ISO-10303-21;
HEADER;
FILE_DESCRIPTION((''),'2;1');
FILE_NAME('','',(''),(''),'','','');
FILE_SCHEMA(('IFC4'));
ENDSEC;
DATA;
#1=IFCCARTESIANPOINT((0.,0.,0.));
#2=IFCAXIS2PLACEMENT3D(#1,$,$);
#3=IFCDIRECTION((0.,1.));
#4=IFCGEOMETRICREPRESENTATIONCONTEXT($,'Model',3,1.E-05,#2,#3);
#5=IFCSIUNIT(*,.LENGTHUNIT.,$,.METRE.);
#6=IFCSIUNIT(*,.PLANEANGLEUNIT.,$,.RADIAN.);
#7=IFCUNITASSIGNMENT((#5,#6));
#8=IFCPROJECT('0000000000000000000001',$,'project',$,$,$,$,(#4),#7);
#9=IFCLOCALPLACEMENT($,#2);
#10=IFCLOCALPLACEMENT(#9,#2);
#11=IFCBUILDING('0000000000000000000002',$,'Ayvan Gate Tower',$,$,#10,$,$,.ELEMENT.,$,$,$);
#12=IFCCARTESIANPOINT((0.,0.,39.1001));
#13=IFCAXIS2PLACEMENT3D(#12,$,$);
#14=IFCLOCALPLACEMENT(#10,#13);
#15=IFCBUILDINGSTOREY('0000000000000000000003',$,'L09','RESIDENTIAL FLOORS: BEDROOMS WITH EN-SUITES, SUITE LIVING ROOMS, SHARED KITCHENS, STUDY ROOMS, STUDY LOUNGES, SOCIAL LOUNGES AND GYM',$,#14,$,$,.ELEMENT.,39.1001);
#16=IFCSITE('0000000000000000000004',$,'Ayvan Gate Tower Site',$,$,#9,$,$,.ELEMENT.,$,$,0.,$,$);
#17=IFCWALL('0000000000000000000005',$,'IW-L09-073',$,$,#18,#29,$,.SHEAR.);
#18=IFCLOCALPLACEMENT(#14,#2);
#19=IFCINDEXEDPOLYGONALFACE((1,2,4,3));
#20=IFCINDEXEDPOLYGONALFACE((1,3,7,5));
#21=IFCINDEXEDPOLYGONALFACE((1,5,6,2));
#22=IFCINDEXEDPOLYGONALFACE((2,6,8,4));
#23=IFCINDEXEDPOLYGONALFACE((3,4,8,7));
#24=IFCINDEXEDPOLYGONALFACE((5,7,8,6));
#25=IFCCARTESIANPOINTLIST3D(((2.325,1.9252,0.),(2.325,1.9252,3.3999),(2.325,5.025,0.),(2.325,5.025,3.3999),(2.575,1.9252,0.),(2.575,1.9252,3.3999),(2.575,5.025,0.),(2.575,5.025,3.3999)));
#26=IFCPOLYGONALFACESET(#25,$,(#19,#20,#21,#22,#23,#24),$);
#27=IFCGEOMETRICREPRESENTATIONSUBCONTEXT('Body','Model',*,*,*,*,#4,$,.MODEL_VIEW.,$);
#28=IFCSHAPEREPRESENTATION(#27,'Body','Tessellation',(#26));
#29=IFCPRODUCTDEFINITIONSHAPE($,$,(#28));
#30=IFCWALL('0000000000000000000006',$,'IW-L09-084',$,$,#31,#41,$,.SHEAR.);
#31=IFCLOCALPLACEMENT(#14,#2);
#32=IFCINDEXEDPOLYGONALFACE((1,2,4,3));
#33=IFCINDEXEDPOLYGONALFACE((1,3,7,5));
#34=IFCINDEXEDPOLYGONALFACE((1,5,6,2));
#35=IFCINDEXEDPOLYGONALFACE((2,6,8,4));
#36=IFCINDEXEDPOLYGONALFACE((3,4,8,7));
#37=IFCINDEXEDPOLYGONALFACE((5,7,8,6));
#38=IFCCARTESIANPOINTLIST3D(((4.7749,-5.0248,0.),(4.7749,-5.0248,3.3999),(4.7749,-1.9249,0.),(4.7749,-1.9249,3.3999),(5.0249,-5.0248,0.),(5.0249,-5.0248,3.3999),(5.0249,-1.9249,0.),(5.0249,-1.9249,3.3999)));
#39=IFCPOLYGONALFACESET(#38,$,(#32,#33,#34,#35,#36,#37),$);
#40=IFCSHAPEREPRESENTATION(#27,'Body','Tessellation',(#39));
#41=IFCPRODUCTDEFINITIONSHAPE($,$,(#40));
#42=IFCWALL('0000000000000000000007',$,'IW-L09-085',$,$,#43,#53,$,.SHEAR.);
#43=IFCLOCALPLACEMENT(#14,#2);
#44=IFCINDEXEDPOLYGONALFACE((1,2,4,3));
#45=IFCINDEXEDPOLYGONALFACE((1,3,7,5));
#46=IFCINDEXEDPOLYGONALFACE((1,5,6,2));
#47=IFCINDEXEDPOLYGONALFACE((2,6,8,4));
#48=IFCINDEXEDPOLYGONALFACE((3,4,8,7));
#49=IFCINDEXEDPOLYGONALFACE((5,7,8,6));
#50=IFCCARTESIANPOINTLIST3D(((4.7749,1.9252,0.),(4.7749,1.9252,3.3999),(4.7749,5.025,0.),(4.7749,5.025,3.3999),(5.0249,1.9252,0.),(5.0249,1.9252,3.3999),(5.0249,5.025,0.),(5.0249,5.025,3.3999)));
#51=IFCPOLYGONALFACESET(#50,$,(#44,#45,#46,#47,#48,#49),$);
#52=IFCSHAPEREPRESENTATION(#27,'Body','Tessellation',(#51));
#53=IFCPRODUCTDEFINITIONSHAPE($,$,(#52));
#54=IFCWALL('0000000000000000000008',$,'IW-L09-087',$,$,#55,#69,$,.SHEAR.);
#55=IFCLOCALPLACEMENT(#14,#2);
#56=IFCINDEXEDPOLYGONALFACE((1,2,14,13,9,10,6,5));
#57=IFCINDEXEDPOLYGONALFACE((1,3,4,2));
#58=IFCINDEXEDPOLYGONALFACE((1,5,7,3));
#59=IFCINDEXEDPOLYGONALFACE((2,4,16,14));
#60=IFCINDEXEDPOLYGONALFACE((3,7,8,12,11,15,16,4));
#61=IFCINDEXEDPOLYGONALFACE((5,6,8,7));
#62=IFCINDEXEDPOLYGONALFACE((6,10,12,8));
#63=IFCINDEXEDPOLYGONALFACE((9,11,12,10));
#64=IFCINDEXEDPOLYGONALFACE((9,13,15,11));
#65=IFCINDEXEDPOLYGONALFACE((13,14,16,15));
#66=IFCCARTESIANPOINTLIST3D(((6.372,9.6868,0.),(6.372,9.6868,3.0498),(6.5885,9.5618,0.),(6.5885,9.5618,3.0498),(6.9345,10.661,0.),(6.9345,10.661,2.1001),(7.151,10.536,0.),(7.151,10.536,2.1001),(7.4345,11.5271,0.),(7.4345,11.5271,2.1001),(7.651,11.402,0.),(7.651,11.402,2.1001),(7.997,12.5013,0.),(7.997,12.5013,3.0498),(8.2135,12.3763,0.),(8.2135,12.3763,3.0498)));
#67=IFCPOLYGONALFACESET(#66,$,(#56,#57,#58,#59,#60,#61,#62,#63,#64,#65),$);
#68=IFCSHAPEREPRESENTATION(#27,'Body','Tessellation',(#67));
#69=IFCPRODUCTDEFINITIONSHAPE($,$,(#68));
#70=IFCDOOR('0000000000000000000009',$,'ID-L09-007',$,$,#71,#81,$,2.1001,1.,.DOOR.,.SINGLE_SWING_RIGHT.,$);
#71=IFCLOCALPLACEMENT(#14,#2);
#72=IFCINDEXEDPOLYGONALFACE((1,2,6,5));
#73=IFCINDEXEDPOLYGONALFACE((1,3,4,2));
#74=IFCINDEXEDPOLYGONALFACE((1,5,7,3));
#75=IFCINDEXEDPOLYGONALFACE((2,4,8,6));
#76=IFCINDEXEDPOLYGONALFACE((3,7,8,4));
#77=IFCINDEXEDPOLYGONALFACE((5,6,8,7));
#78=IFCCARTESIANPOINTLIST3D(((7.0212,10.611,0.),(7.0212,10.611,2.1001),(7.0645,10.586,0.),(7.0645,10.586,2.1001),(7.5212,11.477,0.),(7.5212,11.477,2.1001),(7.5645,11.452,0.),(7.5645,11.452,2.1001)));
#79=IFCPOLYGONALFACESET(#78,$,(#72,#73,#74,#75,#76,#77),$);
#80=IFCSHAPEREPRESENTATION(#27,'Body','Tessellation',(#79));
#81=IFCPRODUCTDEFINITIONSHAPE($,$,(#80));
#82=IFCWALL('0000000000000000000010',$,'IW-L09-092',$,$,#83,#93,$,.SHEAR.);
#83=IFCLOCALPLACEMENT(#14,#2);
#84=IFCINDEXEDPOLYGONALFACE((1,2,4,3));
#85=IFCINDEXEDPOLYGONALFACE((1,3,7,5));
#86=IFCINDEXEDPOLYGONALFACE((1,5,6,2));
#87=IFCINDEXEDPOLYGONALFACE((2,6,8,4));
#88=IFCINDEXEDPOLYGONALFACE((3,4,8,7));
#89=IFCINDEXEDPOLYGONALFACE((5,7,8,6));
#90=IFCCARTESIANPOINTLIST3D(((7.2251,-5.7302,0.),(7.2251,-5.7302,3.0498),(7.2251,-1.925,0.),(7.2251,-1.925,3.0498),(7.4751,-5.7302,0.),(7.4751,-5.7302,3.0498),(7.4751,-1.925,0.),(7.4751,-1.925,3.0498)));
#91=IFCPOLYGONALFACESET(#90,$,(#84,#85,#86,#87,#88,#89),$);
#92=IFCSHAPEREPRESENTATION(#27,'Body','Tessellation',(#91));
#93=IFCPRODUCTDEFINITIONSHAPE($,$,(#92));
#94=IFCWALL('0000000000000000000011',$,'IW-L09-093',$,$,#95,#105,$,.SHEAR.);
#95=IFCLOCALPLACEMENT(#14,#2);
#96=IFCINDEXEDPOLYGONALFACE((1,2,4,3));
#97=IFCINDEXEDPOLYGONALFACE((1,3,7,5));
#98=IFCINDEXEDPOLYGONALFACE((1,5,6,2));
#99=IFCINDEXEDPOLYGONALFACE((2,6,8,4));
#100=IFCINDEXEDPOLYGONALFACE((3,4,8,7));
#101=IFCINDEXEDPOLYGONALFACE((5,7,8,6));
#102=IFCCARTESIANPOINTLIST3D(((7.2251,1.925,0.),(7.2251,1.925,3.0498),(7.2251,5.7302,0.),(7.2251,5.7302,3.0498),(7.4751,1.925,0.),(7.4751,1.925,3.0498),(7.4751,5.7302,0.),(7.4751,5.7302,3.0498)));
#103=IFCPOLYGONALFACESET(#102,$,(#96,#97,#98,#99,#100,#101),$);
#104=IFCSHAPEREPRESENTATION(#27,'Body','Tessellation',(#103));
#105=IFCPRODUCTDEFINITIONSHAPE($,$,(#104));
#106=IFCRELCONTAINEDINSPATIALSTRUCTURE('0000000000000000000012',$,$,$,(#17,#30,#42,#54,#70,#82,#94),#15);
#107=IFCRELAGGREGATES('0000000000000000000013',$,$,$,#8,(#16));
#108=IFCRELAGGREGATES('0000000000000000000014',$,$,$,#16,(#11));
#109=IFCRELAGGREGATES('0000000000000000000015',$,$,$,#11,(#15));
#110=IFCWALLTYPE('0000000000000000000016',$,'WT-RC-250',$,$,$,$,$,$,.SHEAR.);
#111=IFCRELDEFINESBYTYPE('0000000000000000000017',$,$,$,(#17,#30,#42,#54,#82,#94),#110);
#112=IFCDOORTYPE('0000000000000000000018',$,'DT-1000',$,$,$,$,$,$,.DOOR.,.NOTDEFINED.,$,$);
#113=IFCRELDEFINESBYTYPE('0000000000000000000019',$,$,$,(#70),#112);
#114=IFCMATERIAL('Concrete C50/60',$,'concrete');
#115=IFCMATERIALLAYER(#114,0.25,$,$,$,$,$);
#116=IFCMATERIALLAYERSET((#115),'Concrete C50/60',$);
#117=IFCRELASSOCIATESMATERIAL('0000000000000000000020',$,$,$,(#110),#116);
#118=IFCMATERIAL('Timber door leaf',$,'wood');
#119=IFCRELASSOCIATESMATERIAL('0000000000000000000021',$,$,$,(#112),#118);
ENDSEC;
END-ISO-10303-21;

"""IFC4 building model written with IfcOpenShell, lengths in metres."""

from ifc_helpers import new_model, si_unit, direction, frame, frame_2d, origin, place, context, subcontext, project, spatial, rectangle, extrude, material, layer, layer_set, type_object, element, fill, save


model = new_model("IFC4")

# Units and contexts
model_context = context("Model", 3, precision=1e-05, world=origin(), true_north=direction((0.0, 1.0)))
body_context = subcontext(model_context, "Body", "Model", "MODEL_VIEW")
ifc_project = project(units=[si_unit("LENGTHUNIT", "METRE"), si_unit("PLANEANGLEUNIT", "RADIAN")], contexts=[model_context])

# Site, building, storey
site_placement = place(None, origin())
site = spatial("IfcSite", under=ifc_project, at=site_placement, Name="Ayvan Gate Tower Site", CompositionType="ELEMENT", RefElevation=0.0)
building_placement = place(site_placement, origin())
building = spatial("IfcBuilding", under=site, at=building_placement, Name="Ayvan Gate Tower", CompositionType="ELEMENT")
storey_placement = place(building_placement, frame((0.0, 0.0, 39.1001)))
storey = spatial("IfcBuildingStorey", under=building, at=storey_placement, Name="L09", Description="RESIDENTIAL FLOORS: BEDROOMS WITH EN-SUITES, SUITE LIVING ROOMS, SHARED KITCHENS, STUDY ROOMS, STUDY LOUNGES, SOCIAL LOUNGES AND GYM", CompositionType="ELEMENT", Elevation=39.1001)

# Shared definitions
ifc_material_1 = material(Name="Timber door leaf", Category="wood")

# Walls
ifc_material_2 = material(Name="Concrete C50/60", Category="concrete")
ifc_layer_1 = layer(ifc_material_2, 0.25)
ifc_layer_set_1 = layer_set([ifc_layer_1], Name="Concrete C50/60")
wall_type_1 = type_object("IfcWallType", Name="WT-RC-250", PredefinedType="SHEAR", material=ifc_layer_set_1)
for number, where, z_axis, x_axis, name in (
    (1, (2.45, 5.0249, 0.0), (0.0, 0.0, 1.0), (0.0, -1.0, 0.0), "IW-L09-073"),
    (2, (4.8999, -1.925, 0.0), (0.0, 0.0, 1.0), (0.0, -1.0, 0.0), "IW-L09-084"),
    (3, (4.8999, 5.0249, 0.0), (0.0, 0.0, 1.0), (0.0, -1.0, 0.0), "IW-L09-085"),
):
    element("IfcWall", number, at=place(storey_placement, frame(where, z_axis=z_axis, x_axis=x_axis)), inside=storey, type_object=wall_type_1, Name=name, PredefinedType="SHEAR", context=body_context, shape_type="SweptSolid", body=[
        extrude(rectangle(XDim=3.0999, YDim=0.25, at=frame_2d((1.5498, 0.0))), origin(), (0.0, 0.0, 1.0), 3.3999),
    ])

# Wall, opening, door
wall_1_placement = place(storey_placement, frame((6.4802, 9.6243, 0.0), z_axis=(0.0, 0.0, 1.0), x_axis=(0.500017, 0.866015, 0.0)))
wall_1 = element("IfcWall", 4, at=wall_1_placement, inside=storey, type_object=wall_type_1, Name="IW-L09-087", PredefinedType="SHEAR", context=body_context, shape_type="SweptSolid", body=[
    extrude(rectangle(XDim=3.25, YDim=0.25, at=frame_2d((1.625, 0.0))), origin(), (0.0, 0.0, 1.0), 3.0498),
])
opening_1_placement = place(wall_1_placement, frame((1.125, 0.0, 0.0)))
opening_1 = element("IfcOpeningElement", 5, at=opening_1_placement, cuts=wall_1, PredefinedType="OPENING", context=body_context, shape_type="SweptSolid", body=[
    extrude(rectangle(XDim=1.0, YDim=2.1001, at=frame_2d((0.5, 1.05))), frame((0.0, 0.135, 0.0), z_axis=(0.0, -1.0, 0.0), x_axis=(1.0, 0.0, 0.0)), (0.0, 0.0, 1.0), 0.27),
])
door_type_1 = type_object("IfcDoorType", Name="DT-1000", OperationType="NOTDEFINED", PredefinedType="DOOR", material=ifc_material_1)
door_1_placement = place(opening_1_placement, origin())
door_1 = element("IfcDoor", 6, at=door_1_placement, inside=storey, type_object=door_type_1, Name="ID-L09-007", OperationType="SINGLE_SWING_RIGHT", OverallHeight=2.1001, OverallWidth=1.0, PredefinedType="DOOR", context=body_context, shape_type="SweptSolid", body=[
    extrude(rectangle(XDim=1.0, YDim=2.1001, at=frame_2d((0.5, 1.05))), frame((0.0, 0.0249, 0.0), z_axis=(0.0, -1.0, 0.0), x_axis=(1.0, 0.0, 0.0)), (0.0, 0.0, 1.0), 0.05),
])
fill(opening_1, door_1)

# Walls
for number, where, z_axis, x_axis, name in (
    (7, (7.3501, -1.925, 0.0), (0.0, 0.0, 1.0), (0.0, -1.0, 0.0), "IW-L09-092"),
    (8, (7.3501, 5.7302, 0.0), (0.0, 0.0, 1.0), (0.0, -1.0, 0.0), "IW-L09-093"),
):
    element("IfcWall", number, at=place(storey_placement, frame(where, z_axis=z_axis, x_axis=x_axis)), inside=storey, type_object=wall_type_1, Name=name, PredefinedType="SHEAR", context=body_context, shape_type="SweptSolid", body=[
        extrude(rectangle(XDim=3.8052, YDim=0.25, at=frame_2d((1.9026, 0.0))), origin(), (0.0, 0.0, 1.0), 3.0498),
    ])

save(model, "model.ifc")
